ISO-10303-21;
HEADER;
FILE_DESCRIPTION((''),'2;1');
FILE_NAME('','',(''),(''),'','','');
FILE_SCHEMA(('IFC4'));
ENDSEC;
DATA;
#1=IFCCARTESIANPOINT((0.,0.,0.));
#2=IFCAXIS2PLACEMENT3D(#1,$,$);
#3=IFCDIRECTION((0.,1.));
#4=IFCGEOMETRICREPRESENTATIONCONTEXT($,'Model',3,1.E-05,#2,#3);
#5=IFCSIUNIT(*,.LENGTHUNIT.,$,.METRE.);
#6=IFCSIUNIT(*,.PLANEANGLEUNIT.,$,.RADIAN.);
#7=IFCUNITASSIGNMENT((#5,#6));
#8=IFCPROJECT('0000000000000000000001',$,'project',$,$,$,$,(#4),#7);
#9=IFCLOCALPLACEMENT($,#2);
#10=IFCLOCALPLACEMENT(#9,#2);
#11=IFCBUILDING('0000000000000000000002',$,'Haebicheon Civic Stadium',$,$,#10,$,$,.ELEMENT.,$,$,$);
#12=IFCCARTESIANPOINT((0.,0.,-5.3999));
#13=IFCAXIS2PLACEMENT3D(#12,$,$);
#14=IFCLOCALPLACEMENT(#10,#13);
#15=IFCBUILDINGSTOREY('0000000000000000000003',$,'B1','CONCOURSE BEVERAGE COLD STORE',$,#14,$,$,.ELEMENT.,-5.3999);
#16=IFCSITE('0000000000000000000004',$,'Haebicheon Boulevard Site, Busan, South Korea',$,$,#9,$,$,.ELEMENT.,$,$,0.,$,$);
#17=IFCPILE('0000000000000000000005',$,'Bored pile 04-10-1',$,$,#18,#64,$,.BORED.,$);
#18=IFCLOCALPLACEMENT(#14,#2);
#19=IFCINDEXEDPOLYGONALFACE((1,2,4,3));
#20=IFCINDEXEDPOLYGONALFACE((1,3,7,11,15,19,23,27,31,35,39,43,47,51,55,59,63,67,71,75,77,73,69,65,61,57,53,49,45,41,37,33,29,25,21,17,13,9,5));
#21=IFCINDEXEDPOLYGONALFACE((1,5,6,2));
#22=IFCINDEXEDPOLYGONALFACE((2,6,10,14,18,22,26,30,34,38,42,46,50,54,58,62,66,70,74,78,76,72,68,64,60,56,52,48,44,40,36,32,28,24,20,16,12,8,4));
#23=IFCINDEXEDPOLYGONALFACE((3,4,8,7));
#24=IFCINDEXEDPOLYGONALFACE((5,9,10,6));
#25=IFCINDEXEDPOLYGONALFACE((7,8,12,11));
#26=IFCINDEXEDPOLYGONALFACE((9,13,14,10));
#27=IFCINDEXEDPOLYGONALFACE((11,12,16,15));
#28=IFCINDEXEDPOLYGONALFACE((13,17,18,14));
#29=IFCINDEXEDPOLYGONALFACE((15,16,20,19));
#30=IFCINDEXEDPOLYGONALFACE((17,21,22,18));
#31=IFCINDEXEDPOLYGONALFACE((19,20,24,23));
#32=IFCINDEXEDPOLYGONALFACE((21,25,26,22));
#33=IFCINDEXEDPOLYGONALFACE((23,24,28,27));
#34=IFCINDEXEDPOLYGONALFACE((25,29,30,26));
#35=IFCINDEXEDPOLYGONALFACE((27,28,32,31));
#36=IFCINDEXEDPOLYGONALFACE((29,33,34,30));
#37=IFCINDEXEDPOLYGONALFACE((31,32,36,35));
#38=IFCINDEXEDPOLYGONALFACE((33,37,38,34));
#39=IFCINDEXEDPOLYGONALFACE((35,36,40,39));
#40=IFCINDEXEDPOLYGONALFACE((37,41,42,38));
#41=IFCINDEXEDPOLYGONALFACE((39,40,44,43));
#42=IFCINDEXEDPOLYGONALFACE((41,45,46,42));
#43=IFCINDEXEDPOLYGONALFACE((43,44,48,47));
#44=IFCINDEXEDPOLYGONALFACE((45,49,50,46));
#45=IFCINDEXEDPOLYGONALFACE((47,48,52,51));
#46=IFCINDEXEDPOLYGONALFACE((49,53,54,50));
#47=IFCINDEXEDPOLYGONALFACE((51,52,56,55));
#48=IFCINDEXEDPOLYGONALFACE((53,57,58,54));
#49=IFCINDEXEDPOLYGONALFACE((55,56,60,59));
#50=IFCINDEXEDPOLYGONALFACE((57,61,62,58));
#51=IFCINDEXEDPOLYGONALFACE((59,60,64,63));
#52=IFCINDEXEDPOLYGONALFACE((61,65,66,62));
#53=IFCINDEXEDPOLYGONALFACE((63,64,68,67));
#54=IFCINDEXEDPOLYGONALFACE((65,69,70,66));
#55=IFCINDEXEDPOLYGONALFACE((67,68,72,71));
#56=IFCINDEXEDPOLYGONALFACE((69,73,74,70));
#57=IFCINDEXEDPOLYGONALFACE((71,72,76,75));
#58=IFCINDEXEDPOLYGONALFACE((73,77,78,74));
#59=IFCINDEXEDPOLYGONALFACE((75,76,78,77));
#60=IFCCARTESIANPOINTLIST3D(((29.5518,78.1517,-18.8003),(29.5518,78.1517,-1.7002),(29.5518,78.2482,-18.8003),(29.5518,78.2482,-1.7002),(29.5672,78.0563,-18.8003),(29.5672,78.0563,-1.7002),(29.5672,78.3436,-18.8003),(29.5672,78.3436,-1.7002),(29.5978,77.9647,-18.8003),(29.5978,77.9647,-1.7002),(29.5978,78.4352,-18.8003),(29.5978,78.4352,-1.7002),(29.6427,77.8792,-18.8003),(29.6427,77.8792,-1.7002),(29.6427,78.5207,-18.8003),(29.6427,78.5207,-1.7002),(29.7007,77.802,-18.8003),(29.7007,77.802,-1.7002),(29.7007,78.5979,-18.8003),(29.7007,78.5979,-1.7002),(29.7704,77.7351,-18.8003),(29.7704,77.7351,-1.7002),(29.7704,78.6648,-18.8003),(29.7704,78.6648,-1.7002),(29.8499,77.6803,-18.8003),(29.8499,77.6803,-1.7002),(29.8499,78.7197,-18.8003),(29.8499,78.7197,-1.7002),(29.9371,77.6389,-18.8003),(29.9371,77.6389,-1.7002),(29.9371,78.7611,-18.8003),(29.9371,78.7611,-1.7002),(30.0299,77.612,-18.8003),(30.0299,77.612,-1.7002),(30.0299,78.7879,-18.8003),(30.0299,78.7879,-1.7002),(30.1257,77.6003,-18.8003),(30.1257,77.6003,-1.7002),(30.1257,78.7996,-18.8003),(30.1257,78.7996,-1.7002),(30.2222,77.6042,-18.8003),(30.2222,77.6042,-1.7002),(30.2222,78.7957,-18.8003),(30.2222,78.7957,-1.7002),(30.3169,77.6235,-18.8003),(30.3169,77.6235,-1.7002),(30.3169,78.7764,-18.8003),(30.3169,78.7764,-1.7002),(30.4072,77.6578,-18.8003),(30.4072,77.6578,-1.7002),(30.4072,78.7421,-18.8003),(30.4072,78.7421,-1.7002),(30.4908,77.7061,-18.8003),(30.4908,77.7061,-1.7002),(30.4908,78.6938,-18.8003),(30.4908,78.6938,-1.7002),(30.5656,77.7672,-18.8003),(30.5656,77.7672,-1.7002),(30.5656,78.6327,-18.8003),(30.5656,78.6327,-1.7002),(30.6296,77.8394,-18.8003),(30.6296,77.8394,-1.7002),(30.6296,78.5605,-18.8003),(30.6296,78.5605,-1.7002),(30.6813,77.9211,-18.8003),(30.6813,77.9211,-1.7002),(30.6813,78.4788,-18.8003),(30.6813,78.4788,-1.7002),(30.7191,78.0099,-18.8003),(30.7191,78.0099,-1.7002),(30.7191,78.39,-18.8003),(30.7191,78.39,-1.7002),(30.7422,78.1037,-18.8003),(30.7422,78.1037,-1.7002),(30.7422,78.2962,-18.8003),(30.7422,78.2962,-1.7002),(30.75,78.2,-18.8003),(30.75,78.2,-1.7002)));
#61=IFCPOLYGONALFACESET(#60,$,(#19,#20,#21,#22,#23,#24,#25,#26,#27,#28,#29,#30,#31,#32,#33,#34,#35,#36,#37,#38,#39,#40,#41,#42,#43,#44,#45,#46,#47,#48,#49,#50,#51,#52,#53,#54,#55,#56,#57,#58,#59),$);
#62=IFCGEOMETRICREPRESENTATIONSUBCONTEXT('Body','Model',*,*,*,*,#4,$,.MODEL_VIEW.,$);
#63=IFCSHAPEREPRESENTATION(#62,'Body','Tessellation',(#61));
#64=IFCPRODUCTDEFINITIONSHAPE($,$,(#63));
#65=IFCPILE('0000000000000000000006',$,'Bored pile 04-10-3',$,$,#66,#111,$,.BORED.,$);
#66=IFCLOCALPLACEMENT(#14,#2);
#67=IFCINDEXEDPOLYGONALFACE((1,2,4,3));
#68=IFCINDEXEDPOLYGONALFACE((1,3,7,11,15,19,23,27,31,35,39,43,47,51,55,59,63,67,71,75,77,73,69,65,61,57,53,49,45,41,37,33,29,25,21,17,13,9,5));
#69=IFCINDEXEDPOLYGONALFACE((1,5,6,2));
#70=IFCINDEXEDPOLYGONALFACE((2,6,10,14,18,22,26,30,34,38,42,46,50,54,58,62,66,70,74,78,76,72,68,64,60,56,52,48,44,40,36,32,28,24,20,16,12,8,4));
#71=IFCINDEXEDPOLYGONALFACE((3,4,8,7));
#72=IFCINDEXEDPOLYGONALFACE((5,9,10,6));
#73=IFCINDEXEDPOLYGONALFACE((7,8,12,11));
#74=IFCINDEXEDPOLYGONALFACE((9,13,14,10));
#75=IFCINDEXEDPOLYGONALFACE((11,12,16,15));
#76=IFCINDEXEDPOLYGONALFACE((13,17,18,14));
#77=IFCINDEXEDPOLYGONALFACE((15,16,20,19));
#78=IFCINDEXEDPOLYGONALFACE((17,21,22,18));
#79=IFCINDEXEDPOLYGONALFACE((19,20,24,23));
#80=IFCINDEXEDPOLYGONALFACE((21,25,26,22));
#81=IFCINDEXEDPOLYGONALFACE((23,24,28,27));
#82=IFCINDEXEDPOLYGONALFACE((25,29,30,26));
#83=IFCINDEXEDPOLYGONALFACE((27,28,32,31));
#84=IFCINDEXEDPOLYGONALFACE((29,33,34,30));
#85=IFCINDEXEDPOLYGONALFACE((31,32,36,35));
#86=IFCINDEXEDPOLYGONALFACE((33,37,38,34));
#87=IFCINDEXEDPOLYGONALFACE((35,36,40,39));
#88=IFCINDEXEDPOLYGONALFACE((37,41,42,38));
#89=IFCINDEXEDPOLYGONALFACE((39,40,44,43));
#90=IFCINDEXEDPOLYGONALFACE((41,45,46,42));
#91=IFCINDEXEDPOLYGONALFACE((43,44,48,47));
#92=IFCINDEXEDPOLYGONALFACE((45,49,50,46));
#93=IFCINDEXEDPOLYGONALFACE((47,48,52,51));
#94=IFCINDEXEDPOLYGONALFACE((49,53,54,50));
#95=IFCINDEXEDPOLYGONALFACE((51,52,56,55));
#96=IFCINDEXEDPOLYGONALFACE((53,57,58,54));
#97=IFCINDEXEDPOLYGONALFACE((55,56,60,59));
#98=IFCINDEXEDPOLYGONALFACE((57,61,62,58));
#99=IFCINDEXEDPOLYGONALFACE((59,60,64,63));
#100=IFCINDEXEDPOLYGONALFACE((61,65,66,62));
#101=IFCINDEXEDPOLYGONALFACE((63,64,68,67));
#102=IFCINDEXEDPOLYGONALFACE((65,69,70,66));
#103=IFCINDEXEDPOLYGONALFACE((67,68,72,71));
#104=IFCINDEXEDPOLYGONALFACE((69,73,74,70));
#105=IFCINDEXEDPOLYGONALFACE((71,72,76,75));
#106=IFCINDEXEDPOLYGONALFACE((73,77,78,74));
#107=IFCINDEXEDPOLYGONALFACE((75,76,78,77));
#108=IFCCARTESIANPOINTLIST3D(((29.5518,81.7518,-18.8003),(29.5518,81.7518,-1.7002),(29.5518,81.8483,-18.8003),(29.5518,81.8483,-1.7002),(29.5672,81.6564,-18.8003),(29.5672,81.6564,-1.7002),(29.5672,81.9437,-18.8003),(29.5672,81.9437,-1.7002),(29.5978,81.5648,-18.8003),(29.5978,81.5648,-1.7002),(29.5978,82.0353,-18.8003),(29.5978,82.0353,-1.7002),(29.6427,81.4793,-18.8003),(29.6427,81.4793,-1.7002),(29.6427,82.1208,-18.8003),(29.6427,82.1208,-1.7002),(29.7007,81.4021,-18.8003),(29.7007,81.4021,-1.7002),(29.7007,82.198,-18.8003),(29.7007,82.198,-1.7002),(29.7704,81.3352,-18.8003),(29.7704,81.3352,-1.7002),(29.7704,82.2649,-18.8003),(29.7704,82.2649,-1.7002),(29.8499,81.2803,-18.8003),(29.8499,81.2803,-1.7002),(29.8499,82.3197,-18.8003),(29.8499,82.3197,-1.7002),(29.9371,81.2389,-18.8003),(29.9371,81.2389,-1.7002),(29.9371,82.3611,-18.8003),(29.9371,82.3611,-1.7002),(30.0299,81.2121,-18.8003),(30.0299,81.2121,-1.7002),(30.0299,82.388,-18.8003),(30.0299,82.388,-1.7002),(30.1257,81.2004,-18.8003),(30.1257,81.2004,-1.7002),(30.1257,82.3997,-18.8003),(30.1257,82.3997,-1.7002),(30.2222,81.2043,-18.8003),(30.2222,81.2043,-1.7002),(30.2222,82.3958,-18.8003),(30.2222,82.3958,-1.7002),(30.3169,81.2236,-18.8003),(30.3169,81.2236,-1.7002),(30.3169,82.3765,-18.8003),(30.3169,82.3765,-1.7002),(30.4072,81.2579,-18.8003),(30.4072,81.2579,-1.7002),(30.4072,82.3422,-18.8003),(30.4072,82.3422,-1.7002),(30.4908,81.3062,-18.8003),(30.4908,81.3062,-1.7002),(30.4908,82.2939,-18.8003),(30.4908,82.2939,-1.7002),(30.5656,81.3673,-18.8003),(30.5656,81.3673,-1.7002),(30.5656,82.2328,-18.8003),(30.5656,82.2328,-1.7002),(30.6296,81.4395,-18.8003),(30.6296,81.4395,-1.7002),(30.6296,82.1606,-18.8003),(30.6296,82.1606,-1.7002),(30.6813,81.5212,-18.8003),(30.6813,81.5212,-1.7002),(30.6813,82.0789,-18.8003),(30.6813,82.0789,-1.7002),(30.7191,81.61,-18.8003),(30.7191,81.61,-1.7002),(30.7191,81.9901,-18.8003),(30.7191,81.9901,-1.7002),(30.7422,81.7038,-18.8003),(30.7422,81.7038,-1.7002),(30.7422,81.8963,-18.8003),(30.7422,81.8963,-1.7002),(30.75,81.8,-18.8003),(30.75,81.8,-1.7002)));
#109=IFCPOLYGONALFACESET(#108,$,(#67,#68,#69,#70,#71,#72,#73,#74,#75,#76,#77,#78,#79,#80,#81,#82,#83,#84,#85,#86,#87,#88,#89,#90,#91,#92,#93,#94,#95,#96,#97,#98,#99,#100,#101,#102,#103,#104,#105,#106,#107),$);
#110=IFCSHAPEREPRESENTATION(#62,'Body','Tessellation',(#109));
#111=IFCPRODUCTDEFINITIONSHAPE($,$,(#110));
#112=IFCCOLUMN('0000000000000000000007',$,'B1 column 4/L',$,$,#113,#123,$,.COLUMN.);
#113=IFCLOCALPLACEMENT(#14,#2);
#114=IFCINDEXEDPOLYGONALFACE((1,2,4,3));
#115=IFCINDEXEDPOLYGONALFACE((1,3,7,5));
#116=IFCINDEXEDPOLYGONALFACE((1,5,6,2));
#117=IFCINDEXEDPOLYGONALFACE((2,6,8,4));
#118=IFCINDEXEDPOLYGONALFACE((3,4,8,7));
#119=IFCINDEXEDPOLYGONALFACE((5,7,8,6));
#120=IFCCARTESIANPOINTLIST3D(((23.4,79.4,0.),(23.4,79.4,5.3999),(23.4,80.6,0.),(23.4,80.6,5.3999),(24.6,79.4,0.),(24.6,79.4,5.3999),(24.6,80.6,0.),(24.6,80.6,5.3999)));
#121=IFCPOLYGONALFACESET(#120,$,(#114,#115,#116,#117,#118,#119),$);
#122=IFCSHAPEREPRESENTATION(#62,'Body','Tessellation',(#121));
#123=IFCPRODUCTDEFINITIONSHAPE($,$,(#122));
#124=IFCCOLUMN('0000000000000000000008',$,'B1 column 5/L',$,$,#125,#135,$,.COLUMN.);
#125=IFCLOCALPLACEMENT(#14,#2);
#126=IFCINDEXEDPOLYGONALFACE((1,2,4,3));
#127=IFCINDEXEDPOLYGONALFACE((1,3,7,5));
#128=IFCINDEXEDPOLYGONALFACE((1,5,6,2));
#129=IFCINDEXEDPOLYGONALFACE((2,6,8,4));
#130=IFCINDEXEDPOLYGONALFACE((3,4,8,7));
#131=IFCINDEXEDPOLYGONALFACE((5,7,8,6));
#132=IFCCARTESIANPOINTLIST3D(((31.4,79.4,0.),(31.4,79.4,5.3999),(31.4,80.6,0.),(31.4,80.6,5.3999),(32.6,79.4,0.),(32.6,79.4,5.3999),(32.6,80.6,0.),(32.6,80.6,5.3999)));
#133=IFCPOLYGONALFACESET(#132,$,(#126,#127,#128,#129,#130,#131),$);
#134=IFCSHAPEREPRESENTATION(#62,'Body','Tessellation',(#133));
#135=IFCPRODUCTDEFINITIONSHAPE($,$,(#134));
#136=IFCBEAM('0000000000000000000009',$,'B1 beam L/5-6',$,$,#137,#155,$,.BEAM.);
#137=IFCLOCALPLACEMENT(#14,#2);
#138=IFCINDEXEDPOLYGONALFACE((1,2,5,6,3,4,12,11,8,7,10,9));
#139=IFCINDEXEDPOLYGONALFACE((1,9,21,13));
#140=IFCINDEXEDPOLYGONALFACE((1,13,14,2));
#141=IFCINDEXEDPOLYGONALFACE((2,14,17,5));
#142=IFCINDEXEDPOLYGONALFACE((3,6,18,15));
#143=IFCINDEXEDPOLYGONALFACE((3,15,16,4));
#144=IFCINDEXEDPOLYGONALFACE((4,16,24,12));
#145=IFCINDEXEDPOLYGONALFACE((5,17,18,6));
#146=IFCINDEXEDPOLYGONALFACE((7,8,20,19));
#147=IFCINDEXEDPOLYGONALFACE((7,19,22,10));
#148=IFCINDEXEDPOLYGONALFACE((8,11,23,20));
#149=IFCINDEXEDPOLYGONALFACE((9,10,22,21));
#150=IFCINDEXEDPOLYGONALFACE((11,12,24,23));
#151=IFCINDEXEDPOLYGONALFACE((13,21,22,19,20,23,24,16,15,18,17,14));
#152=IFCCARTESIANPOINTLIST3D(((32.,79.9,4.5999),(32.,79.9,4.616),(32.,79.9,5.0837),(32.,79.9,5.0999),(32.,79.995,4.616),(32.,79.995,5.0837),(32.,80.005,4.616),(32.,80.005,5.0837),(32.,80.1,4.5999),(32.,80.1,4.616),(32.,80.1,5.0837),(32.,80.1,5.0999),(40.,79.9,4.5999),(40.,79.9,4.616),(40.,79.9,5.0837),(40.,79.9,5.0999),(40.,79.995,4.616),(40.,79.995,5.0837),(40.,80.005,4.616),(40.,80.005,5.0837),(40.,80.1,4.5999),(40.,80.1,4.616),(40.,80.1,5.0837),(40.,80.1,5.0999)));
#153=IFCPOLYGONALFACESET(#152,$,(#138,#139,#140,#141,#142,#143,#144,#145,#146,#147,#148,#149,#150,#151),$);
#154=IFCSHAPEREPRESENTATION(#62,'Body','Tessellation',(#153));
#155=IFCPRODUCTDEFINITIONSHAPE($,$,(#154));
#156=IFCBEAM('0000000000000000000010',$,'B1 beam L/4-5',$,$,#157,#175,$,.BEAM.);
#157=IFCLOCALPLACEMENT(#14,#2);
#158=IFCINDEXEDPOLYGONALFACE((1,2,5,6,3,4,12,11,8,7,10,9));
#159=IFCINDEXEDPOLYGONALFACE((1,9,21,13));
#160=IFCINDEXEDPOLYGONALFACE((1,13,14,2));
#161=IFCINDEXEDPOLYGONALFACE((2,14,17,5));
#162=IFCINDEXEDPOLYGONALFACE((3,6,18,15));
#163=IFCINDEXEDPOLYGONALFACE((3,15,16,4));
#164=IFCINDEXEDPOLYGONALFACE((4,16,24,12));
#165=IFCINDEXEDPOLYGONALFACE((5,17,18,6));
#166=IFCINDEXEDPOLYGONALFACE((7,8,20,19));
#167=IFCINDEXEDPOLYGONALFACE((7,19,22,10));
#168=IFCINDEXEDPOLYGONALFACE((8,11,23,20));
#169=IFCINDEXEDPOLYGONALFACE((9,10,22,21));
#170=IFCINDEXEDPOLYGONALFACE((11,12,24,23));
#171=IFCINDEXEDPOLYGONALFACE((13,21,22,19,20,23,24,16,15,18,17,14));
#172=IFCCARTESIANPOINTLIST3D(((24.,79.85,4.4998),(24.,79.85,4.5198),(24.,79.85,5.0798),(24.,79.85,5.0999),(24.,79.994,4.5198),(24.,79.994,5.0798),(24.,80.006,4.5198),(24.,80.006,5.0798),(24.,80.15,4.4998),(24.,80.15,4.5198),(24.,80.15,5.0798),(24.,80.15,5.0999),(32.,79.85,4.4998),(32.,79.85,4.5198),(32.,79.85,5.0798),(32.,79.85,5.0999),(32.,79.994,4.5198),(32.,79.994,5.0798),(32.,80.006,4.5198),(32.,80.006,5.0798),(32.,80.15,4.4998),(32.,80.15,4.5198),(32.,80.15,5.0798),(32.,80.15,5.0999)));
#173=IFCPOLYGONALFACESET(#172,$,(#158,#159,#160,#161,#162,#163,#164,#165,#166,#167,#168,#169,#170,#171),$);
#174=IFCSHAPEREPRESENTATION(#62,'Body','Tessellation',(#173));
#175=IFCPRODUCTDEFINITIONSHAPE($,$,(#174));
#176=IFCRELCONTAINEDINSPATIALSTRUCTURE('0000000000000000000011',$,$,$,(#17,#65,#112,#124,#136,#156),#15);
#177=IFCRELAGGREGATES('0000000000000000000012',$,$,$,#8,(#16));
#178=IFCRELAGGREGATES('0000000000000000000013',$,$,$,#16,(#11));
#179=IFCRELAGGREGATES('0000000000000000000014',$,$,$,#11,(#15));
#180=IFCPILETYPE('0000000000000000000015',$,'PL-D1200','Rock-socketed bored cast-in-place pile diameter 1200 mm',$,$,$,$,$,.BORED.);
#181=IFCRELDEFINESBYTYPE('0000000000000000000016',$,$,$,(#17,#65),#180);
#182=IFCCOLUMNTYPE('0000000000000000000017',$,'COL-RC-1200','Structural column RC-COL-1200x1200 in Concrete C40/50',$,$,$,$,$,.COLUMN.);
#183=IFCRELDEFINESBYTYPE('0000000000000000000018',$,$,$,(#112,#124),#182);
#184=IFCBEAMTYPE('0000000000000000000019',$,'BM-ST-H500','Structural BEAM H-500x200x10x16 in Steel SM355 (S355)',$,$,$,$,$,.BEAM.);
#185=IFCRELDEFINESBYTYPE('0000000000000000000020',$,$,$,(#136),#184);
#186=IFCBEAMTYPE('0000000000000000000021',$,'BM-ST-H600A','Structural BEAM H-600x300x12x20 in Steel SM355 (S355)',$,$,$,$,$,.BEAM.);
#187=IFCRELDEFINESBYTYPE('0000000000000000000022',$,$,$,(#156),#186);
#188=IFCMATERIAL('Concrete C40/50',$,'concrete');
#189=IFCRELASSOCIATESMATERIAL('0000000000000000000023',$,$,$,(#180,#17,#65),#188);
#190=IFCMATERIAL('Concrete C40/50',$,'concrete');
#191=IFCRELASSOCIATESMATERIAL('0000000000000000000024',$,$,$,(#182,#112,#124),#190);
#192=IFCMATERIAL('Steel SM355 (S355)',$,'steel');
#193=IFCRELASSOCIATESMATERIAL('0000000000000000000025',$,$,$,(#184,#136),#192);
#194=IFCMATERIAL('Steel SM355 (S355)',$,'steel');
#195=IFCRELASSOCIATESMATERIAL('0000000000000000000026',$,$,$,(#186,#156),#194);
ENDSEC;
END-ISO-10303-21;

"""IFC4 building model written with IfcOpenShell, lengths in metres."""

from ifc_helpers import new_model, si_unit, direction, frame, origin, origin_2d, place, context, subcontext, project, spatial, rectangle, circle, i_section, extrude, material, material_profile, profile_set, type_object, element, save


model = new_model("IFC4")

# Units and contexts
model_context = context("Model", 3, precision=1e-05, world=origin(), true_north=direction((0.0, 1.0)))
body_context = subcontext(model_context, "Body", "Model", "MODEL_VIEW")
ifc_project = project(units=[si_unit("LENGTHUNIT", "METRE"), si_unit("PLANEANGLEUNIT", "RADIAN")], contexts=[model_context])

# Site, building, storey
site_placement = place(None, origin())
site = spatial("IfcSite", under=ifc_project, at=site_placement, Name="Haebicheon Boulevard Site, Busan, South Korea", CompositionType="ELEMENT", RefElevation=0.0)
building_placement = place(site_placement, origin())
building = spatial("IfcBuilding", under=site, at=building_placement, Name="Haebicheon Civic Stadium", CompositionType="ELEMENT")
storey_placement = place(building_placement, frame((0.0, 0.0, -5.3999)))
storey = spatial("IfcBuildingStorey", under=building, at=storey_placement, Name="B1", Description="CONCOURSE BEVERAGE COLD STORE", CompositionType="ELEMENT", Elevation=-5.3999)

# Piles
ifc_material_1 = material(Name="Concrete C40/50", Category="concrete")
ifc_material_profile_1 = material_profile(ifc_material_1, circle(Radius=0.6001, at=origin_2d()), Name="PILE-D1200")
ifc_profile_set_1 = profile_set([ifc_material_profile_1], Name="Concrete C40/50")
pile_type = type_object("IfcPileType", Name="PL-D1200", Description="Rock-socketed bored cast-in-place pile diameter 1200 mm", PredefinedType="BORED", material=ifc_profile_set_1)
for number, where, z_axis, x_axis, name in (
    (1, (30.1499, 78.2, -1.7002), (0.0, 0.0, -1.0), (1.0, 0.0, 0.0), "Bored pile 04-10-1"),
    (2, (30.1499, 81.8, -1.7002), (0.0, 0.0, -1.0), (1.0, 0.0, 0.0), "Bored pile 04-10-3"),
):
    element("IfcPile", number, at=place(storey_placement, frame(where, z_axis=z_axis, x_axis=x_axis)), inside=storey, type_object=pile_type, material=ifc_profile_set_1, Name=name, PredefinedType="BORED", context=body_context, shape_type="SweptSolid", body=[
        extrude(circle(Radius=0.6001, at=origin_2d()), origin(), (0.0, 0.0, 1.0), 17.1001),
    ])

# Columns
ifc_material_2 = material(Name="Concrete C40/50", Category="concrete")
ifc_material_profile_2 = material_profile(ifc_material_2, rectangle(XDim=1.2, YDim=1.2, at=origin_2d()), Name="RC-COL-1200x1200")
ifc_profile_set_2 = profile_set([ifc_material_profile_2], Name="Concrete C40/50")
column_type = type_object("IfcColumnType", Name="COL-RC-1200", Description="Structural column RC-COL-1200x1200 in Concrete C40/50", PredefinedType="COLUMN", material=ifc_profile_set_2)
for number, where, z_axis, x_axis, name in (
    (3, (24.0, 80.0, 0.0), (0.0, 0.0, 1.0), (1.0, 0.0, 0.0), "B1 column 4/L"),
    (4, (32.0, 80.0, 0.0), (0.0, 0.0, 1.0), (1.0, 0.0, 0.0), "B1 column 5/L"),
):
    element("IfcColumn", number, at=place(storey_placement, frame(where, z_axis=z_axis, x_axis=x_axis)), inside=storey, type_object=column_type, material=ifc_profile_set_2, Name=name, PredefinedType="COLUMN", context=body_context, shape_type="SweptSolid", body=[
        extrude(rectangle(XDim=1.2, YDim=1.2, at=origin_2d()), origin(), (0.0, 0.0, 1.0), 5.3999),
    ])

# Beams
ifc_material_3 = material(Name="Steel SM355 (S355)", Category="steel")
ifc_material_profile_3 = material_profile(ifc_material_3, i_section(OverallWidth=0.2, OverallDepth=0.5, WebThickness=0.01, FlangeThickness=0.0161, at=origin_2d()), Name="H-500x200x10x16")
ifc_profile_set_3 = profile_set([ifc_material_profile_3], Name="Steel SM355 (S355)")
beam_type_1 = type_object("IfcBeamType", Name="BM-ST-H500", Description="Structural BEAM H-500x200x10x16 in Steel SM355 (S355)", PredefinedType="BEAM", material=ifc_profile_set_3)
beam_1_placement = place(storey_placement, frame((32.0, 80.0, 4.8499), z_axis=(1.0, 0.0, 0.0), x_axis=(0.0, 1.0, 0.0)))
element("IfcBeam", 5, at=beam_1_placement, inside=storey, type_object=beam_type_1, material=ifc_profile_set_3, Name="B1 beam L/5-6", PredefinedType="BEAM", context=body_context, shape_type="SweptSolid", body=[
    extrude(i_section(OverallWidth=0.2, OverallDepth=0.5, WebThickness=0.01, FlangeThickness=0.0161, at=origin_2d()), origin(), (0.0, 0.0, 1.0), 8.0),
])
ifc_material_4 = material(Name="Steel SM355 (S355)", Category="steel")
ifc_material_profile_4 = material_profile(ifc_material_4, i_section(OverallWidth=0.3, OverallDepth=0.6001, WebThickness=0.012, FlangeThickness=0.02, at=origin_2d()), Name="H-600x300x12x20")
ifc_profile_set_4 = profile_set([ifc_material_profile_4], Name="Steel SM355 (S355)")
beam_type_2 = type_object("IfcBeamType", Name="BM-ST-H600A", Description="Structural BEAM H-600x300x12x20 in Steel SM355 (S355)", PredefinedType="BEAM", material=ifc_profile_set_4)
beam_2_placement = place(storey_placement, frame((24.0, 80.0, 4.7998), z_axis=(1.0, 0.0, 0.0), x_axis=(0.0, 1.0, 0.0)))
element("IfcBeam", 6, at=beam_2_placement, inside=storey, type_object=beam_type_2, material=ifc_profile_set_4, Name="B1 beam L/4-5", PredefinedType="BEAM", context=body_context, shape_type="SweptSolid", body=[
    extrude(i_section(OverallWidth=0.3, OverallDepth=0.6001, WebThickness=0.012, FlangeThickness=0.02, at=origin_2d()), origin(), (0.0, 0.0, 1.0), 8.0),
])

save(model, "model.ifc")
